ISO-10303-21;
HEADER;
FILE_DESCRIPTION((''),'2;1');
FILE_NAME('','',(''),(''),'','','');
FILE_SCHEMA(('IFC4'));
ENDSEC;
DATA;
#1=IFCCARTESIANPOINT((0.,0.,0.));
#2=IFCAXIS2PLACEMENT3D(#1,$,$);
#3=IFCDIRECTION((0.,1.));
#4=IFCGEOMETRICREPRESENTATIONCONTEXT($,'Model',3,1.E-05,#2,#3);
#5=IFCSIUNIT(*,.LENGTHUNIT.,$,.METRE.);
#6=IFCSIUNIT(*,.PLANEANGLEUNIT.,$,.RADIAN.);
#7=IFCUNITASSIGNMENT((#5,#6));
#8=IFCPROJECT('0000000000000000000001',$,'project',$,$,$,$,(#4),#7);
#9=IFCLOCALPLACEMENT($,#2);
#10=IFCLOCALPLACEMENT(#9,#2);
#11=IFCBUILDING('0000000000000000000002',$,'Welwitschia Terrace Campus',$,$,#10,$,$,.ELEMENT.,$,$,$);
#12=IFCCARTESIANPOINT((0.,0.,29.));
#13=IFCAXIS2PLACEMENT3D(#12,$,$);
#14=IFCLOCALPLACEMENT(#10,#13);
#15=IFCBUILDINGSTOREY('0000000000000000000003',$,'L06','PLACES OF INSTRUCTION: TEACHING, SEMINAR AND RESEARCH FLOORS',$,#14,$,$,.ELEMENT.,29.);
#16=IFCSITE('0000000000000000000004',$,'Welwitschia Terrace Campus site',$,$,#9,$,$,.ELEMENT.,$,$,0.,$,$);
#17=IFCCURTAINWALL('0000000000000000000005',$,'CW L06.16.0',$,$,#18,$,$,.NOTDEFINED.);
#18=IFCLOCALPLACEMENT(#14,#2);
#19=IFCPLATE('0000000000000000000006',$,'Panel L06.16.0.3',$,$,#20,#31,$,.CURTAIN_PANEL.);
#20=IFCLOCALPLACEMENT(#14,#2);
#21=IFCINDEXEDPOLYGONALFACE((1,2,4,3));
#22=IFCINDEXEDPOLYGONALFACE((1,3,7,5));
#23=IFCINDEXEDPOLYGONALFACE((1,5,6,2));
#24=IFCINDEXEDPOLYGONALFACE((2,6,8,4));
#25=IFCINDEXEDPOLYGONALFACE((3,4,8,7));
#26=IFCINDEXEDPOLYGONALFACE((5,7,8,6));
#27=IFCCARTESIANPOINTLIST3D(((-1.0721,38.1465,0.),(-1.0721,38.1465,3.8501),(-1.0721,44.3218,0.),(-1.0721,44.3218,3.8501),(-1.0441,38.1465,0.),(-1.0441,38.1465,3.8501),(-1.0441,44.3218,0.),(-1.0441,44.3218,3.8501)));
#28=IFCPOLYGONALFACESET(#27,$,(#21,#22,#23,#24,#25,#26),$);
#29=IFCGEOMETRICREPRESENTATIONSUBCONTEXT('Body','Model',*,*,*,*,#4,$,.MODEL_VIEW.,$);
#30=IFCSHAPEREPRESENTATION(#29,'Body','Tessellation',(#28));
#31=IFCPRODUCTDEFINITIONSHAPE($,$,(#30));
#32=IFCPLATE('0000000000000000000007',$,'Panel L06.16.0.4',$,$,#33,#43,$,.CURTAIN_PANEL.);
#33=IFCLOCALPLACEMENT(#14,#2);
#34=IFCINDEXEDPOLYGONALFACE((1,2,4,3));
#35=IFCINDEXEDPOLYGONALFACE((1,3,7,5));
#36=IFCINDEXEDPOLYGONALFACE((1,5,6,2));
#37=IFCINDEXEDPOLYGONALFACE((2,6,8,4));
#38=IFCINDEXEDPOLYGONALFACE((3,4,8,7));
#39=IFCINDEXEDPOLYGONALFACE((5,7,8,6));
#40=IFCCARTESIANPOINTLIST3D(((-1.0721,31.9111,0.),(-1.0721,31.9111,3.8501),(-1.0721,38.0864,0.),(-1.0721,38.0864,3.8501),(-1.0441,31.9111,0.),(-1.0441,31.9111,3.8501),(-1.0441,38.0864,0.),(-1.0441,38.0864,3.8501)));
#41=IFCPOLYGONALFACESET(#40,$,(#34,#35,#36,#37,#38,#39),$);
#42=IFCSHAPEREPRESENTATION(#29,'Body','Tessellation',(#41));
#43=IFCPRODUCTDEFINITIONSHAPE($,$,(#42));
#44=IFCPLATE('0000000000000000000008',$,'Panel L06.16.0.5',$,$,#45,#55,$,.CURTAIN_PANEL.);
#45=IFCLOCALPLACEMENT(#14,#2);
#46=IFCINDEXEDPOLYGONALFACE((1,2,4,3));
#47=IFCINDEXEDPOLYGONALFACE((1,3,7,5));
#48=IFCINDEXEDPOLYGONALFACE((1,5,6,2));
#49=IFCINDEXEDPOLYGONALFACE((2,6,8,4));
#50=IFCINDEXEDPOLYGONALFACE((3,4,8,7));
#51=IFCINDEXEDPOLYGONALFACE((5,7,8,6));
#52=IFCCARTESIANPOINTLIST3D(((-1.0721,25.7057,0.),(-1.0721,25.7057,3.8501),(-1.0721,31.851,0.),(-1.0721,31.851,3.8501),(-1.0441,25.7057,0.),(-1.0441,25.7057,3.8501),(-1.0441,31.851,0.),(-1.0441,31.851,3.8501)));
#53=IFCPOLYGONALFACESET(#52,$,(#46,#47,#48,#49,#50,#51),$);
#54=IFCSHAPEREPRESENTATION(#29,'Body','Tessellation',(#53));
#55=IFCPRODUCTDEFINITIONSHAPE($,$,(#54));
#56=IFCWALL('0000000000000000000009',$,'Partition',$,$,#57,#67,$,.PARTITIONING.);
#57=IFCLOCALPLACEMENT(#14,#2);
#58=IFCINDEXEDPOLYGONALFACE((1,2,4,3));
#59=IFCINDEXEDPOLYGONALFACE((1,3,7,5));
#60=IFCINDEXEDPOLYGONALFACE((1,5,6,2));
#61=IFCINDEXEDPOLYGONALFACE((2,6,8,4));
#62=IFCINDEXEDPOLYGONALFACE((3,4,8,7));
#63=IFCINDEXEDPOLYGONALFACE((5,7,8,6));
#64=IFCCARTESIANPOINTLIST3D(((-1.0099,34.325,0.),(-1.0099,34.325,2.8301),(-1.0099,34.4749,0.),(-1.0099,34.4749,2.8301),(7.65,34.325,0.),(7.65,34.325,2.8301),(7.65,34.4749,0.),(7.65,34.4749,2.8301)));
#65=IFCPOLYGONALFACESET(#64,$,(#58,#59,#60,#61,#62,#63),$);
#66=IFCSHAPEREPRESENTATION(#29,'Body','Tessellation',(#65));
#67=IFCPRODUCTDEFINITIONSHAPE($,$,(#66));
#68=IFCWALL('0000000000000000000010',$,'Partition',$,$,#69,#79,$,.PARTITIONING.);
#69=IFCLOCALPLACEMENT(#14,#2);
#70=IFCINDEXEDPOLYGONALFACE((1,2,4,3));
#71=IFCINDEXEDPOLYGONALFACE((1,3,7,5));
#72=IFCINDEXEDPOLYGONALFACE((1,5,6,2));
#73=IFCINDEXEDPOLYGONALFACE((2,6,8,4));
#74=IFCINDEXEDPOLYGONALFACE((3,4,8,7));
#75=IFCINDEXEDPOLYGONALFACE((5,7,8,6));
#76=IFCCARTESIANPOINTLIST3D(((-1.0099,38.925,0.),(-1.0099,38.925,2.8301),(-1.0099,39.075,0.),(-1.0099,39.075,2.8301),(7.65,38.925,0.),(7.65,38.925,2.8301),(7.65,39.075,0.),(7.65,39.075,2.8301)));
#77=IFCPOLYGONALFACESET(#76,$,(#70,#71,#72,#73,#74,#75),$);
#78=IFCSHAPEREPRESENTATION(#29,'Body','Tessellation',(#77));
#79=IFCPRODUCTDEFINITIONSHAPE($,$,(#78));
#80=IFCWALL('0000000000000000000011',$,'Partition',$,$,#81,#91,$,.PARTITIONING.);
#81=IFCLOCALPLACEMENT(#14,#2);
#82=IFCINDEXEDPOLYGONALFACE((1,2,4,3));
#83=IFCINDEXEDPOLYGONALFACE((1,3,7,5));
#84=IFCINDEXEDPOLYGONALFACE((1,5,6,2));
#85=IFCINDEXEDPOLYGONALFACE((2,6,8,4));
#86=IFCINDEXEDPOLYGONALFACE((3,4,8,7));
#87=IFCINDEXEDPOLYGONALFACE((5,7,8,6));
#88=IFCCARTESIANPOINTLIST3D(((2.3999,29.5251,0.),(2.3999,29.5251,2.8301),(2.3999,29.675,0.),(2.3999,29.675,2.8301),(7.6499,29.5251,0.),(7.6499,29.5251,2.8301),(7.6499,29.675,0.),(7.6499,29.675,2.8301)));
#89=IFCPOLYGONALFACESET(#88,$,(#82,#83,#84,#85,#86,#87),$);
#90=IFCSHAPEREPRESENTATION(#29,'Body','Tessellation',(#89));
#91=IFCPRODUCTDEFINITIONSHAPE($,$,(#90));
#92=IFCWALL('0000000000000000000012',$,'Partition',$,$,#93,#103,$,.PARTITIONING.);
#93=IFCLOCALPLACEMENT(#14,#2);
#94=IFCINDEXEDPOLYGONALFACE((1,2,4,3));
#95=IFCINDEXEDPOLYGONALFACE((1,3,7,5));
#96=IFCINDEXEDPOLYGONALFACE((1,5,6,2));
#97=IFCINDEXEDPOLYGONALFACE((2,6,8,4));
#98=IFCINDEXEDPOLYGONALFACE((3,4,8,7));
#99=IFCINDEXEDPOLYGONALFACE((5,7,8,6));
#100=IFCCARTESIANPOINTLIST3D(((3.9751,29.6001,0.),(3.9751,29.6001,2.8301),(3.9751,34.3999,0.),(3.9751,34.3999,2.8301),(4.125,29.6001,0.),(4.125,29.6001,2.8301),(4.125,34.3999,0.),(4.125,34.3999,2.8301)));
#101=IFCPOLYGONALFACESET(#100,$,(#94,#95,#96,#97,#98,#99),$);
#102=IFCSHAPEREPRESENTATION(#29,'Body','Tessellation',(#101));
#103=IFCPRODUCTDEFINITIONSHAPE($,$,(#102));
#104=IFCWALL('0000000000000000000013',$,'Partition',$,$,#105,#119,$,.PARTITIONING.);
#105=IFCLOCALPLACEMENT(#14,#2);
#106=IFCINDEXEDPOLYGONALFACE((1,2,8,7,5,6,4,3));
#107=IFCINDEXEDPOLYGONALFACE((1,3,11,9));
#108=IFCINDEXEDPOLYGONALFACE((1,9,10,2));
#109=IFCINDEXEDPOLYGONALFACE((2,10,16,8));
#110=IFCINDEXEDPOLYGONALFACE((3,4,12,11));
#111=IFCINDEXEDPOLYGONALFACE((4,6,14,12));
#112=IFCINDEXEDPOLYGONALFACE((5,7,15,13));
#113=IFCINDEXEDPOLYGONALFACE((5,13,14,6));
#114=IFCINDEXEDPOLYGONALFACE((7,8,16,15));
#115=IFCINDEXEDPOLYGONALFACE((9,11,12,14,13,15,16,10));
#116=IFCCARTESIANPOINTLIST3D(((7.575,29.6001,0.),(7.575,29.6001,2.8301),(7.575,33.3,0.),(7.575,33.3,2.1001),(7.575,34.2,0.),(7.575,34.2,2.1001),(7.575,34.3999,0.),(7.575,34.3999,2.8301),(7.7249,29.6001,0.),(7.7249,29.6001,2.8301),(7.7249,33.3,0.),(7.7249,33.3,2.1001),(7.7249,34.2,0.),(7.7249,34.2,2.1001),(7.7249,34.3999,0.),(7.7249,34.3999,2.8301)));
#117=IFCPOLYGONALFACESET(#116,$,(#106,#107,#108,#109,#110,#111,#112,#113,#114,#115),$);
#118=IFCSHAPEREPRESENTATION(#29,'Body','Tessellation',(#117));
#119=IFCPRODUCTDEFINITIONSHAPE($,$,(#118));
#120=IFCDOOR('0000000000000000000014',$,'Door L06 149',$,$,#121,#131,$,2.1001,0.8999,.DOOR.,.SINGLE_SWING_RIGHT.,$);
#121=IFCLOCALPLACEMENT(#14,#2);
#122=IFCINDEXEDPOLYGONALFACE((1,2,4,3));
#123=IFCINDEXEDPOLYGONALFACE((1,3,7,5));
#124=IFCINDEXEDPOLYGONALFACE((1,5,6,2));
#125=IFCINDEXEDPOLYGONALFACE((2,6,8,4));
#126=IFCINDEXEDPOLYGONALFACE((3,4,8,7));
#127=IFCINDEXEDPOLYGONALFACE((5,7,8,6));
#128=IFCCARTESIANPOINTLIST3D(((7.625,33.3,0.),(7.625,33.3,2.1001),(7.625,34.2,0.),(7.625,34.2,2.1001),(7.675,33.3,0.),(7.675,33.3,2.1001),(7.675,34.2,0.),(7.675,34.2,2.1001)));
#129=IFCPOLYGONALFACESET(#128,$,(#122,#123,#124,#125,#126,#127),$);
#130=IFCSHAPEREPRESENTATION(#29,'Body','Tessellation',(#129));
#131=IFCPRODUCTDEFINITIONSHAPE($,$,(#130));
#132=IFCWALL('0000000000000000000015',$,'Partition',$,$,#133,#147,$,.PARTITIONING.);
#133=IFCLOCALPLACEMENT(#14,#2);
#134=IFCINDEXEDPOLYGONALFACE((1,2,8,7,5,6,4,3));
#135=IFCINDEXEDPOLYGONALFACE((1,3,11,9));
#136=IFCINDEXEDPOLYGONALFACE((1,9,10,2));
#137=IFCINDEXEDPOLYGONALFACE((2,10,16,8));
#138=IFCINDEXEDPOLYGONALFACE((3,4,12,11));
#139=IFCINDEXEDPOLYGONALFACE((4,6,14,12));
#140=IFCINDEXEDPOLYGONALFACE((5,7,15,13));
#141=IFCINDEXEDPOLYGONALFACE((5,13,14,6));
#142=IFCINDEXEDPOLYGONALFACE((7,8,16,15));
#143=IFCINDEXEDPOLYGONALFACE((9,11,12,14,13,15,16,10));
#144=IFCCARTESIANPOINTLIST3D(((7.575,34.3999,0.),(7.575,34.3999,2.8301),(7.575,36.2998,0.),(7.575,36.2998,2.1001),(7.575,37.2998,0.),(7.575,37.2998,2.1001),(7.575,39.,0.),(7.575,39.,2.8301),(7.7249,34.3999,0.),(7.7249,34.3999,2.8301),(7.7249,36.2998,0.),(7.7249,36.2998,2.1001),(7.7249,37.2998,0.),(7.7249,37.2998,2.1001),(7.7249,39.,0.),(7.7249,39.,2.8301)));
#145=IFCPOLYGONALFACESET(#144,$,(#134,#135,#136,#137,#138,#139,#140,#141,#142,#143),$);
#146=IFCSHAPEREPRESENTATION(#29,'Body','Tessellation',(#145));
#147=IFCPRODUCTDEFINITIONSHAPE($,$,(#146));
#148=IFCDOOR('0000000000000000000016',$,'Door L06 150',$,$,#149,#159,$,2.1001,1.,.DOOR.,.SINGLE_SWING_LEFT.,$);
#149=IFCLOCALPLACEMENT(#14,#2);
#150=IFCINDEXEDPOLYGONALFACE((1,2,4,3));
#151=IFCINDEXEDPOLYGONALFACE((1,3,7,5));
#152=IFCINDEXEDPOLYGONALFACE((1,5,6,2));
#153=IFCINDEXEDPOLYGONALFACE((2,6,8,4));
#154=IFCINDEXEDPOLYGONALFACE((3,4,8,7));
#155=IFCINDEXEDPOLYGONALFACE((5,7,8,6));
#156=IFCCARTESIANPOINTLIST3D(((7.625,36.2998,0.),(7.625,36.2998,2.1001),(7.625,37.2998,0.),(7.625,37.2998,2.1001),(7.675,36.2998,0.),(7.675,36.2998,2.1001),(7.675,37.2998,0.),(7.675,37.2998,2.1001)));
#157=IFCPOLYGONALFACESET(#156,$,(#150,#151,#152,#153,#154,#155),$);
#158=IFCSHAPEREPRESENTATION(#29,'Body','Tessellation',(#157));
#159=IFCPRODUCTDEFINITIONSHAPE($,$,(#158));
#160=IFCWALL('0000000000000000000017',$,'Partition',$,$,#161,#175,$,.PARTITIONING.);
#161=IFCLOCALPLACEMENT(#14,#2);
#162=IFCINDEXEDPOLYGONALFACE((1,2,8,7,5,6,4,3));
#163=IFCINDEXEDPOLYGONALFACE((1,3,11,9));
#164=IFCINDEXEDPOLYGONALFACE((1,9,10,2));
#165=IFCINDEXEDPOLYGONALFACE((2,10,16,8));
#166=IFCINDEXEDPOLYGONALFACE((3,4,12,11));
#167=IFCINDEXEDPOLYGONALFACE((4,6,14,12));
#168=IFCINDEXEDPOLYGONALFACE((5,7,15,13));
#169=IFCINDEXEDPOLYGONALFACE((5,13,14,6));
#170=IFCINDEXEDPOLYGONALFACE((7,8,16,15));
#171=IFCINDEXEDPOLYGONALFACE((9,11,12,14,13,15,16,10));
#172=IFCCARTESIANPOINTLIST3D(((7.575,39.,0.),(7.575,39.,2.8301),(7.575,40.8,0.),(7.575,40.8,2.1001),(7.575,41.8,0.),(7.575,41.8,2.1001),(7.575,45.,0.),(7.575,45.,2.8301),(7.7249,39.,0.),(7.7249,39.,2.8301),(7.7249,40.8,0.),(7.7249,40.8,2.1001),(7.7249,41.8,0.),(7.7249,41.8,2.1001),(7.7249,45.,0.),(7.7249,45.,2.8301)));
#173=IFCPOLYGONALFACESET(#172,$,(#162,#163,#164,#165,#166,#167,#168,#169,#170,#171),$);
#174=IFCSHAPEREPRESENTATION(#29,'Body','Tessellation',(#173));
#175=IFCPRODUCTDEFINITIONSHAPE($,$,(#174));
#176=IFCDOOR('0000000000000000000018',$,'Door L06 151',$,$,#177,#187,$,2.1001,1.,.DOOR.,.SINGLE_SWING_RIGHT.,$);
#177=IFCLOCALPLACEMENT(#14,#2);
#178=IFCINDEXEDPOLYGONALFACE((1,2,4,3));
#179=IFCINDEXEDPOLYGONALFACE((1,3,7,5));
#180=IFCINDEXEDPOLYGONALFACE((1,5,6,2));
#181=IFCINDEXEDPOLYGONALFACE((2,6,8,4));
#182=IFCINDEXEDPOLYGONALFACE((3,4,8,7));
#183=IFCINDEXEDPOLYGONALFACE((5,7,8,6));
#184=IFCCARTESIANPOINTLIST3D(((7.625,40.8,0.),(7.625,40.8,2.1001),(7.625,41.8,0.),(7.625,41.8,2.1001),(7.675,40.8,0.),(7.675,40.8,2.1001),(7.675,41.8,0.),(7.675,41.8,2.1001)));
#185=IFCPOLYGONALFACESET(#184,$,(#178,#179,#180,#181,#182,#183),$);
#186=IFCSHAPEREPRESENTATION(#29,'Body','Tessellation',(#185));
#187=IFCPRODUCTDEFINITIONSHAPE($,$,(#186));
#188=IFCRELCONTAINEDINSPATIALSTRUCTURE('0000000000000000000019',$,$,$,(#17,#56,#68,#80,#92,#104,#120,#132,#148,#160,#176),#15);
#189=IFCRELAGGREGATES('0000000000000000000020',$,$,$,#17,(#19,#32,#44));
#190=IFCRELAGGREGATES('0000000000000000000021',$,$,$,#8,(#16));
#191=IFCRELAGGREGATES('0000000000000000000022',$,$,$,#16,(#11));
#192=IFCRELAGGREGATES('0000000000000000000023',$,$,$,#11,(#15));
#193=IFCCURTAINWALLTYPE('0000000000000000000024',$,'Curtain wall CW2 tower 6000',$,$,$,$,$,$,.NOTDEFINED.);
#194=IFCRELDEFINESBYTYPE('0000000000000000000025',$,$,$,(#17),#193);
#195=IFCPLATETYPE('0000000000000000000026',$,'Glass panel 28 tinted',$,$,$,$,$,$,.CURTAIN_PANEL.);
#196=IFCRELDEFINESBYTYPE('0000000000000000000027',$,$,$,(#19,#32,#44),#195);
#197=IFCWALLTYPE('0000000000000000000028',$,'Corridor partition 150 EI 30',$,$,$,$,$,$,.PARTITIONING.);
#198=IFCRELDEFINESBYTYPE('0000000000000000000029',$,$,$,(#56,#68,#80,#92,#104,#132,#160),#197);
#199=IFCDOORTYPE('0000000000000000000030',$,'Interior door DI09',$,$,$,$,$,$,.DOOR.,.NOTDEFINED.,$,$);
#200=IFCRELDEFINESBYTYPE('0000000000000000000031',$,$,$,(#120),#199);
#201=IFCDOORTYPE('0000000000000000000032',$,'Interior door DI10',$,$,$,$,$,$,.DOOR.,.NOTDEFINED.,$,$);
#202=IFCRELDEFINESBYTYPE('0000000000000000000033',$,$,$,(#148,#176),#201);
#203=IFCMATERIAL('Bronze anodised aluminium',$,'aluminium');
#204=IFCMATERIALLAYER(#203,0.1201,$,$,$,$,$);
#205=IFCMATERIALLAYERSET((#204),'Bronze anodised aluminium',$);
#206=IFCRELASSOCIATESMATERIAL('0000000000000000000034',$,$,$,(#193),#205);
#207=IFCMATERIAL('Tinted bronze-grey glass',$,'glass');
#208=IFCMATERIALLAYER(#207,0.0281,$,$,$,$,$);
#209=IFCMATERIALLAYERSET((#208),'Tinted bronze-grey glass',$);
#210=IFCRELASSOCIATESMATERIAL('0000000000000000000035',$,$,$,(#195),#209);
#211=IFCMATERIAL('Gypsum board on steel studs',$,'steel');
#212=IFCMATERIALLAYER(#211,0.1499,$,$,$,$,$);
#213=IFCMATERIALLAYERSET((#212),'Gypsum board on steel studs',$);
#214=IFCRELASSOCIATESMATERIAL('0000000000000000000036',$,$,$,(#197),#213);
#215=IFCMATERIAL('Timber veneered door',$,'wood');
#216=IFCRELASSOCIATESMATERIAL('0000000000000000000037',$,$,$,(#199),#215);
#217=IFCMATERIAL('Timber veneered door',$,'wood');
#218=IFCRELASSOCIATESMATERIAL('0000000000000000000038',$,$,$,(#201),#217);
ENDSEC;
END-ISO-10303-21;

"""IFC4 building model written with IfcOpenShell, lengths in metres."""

from ifc_helpers import new_model, si_unit, direction, frame, frame_2d, origin, origin_2d, place, context, subcontext, project, spatial, rectangle, extrude, material, layer, layer_set, type_object, element, fill, aggregate, save


model = new_model("IFC4")

# Units and contexts
model_context = context("Model", 3, precision=1e-05, world=origin(), true_north=direction((0.0, 1.0)))
body_context = subcontext(model_context, "Body", "Model", "MODEL_VIEW")
ifc_project = project(units=[si_unit("LENGTHUNIT", "METRE"), si_unit("PLANEANGLEUNIT", "RADIAN")], contexts=[model_context])

# Site, building, storey
site_placement = place(None, origin())
site = spatial("IfcSite", under=ifc_project, at=site_placement, Name="Welwitschia Terrace Campus site", CompositionType="ELEMENT", RefElevation=0.0)
building_placement = place(site_placement, origin())
building = spatial("IfcBuilding", under=site, at=building_placement, Name="Welwitschia Terrace Campus", CompositionType="ELEMENT")
storey_placement = place(building_placement, frame((0.0, 0.0, 29.0)))
storey = spatial("IfcBuildingStorey", under=building, at=storey_placement, Name="L06", Description="PLACES OF INSTRUCTION: TEACHING, SEMINAR AND RESEARCH FLOORS", CompositionType="ELEMENT", Elevation=29.0)

# Curtain wall
ifc_material_1 = material(Name="Bronze anodised aluminium", Category="aluminium")
ifc_layer_1 = layer(ifc_material_1, 0.1201)
ifc_layer_set_1 = layer_set([ifc_layer_1], Name="Bronze anodised aluminium")
curtain_wall_type = type_object("IfcCurtainWallType", Name="Curtain wall CW2 tower 6000", PredefinedType="NOTDEFINED", material=ifc_layer_set_1)
curtain_wall_placement = place(storey_placement, origin())
curtain_wall = element("IfcCurtainWall", 1, at=curtain_wall_placement, inside=storey, type_object=curtain_wall_type, Name="CW L06.16.0", PredefinedType="NOTDEFINED")

# Plates
ifc_material_2 = material(Name="Tinted bronze-grey glass", Category="glass")
ifc_layer_2 = layer(ifc_material_2, 0.0281)
ifc_layer_set_2 = layer_set([ifc_layer_2], Name="Tinted bronze-grey glass")
plate_type = type_object("IfcPlateType", Name="Glass panel 28 tinted", PredefinedType="CURTAIN_PANEL", material=ifc_layer_set_2)
plate_1_placement = place(storey_placement, frame((-1.0581, 41.2341, 0.0), z_axis=(0.0, 0.0, 1.0), x_axis=(0.0, -1.0, 0.0)))
plate_1 = element("IfcPlate", 2, at=plate_1_placement, type_object=plate_type, Name="Panel L06.16.0.3", PredefinedType="CURTAIN_PANEL", context=body_context, shape_type="SweptSolid", body=[
    extrude(rectangle(XDim=6.1753, YDim=0.0281, at=origin_2d()), origin(), (0.0, 0.0, 1.0), 3.8501),
])
plate_2_placement = place(storey_placement, frame((-1.0581, 34.9988, 0.0), z_axis=(0.0, 0.0, 1.0), x_axis=(0.0, -1.0, 0.0)))
plate_2 = element("IfcPlate", 3, at=plate_2_placement, type_object=plate_type, Name="Panel L06.16.0.4", PredefinedType="CURTAIN_PANEL", context=body_context, shape_type="SweptSolid", body=[
    extrude(rectangle(XDim=6.1753, YDim=0.0281, at=origin_2d()), origin(), (0.0, 0.0, 1.0), 3.8501),
])
plate_3_placement = place(storey_placement, frame((-1.0581, 28.7783, 0.0), z_axis=(0.0, 0.0, 1.0), x_axis=(0.0, -1.0, 0.0)))
plate_3 = element("IfcPlate", 4, at=plate_3_placement, type_object=plate_type, Name="Panel L06.16.0.5", PredefinedType="CURTAIN_PANEL", context=body_context, shape_type="SweptSolid", body=[
    extrude(rectangle(XDim=6.1453, YDim=0.0281, at=origin_2d()), origin(), (0.0, 0.0, 1.0), 3.8501),
])
aggregate(curtain_wall, [plate_1, plate_2, plate_3])

# Walls
ifc_material_3 = material(Name="Gypsum board on steel studs", Category="steel")
ifc_layer_3 = layer(ifc_material_3, 0.1499)
ifc_layer_set_3 = layer_set([ifc_layer_3], Name="Gypsum board on steel studs")
wall_type = type_object("IfcWallType", Name="Corridor partition 150 EI 30", PredefinedType="PARTITIONING", material=ifc_layer_set_3)
for number, where, z_axis, x_axis, name in (
    (5, (-1.01, 34.3999, 0.0), (0.0, 0.0, 1.0), (1.0, 0.0, 0.0), "Partition"),
    (6, (-1.01, 39.0, 0.0), (0.0, 0.0, 1.0), (1.0, 0.0, 0.0), "Partition"),
):
    element("IfcWall", number, at=place(storey_placement, frame(where, z_axis=z_axis, x_axis=x_axis)), inside=storey, type_object=wall_type, Name=name, PredefinedType="PARTITIONING", context=body_context, shape_type="SweptSolid", body=[
        extrude(rectangle(XDim=8.6599, YDim=0.1499, at=frame_2d((4.3301, 0.0))), origin(), (0.0, 0.0, 1.0), 2.8301),
    ])
wall_1_placement = place(storey_placement, frame((2.3999, 29.6001, 0.0), z_axis=(0.0, 0.0, 1.0), x_axis=(1.0, 0.0, 0.0)))
element("IfcWall", 7, at=wall_1_placement, inside=storey, type_object=wall_type, Name="Partition", PredefinedType="PARTITIONING", context=body_context, shape_type="SweptSolid", body=[
    extrude(rectangle(XDim=5.25, YDim=0.1499, at=frame_2d((2.625, 0.0))), origin(), (0.0, 0.0, 1.0), 2.8301),
])
wall_2_placement = place(storey_placement, frame((4.05, 29.6001, 0.0), z_axis=(0.0, 0.0, 1.0), x_axis=(0.0, 1.0, 0.0)))
element("IfcWall", 8, at=wall_2_placement, inside=storey, type_object=wall_type, Name="Partition", PredefinedType="PARTITIONING", context=body_context, shape_type="SweptSolid", body=[
    extrude(rectangle(XDim=4.7998, YDim=0.1499, at=frame_2d((2.3999, 0.0))), origin(), (0.0, 0.0, 1.0), 2.8301),
])

# Walls, openings, doors
wall_3_placement = place(storey_placement, frame((7.6499, 29.6001, 0.0), z_axis=(0.0, 0.0, 1.0), x_axis=(0.0, 1.0, 0.0)))
wall_3 = element("IfcWall", 9, at=wall_3_placement, inside=storey, type_object=wall_type, Name="Partition", PredefinedType="PARTITIONING", context=body_context, shape_type="SweptSolid", body=[
    extrude(rectangle(XDim=4.7998, YDim=0.1499, at=frame_2d((2.3999, 0.0))), origin(), (0.0, 0.0, 1.0), 2.8301),
])
opening_1_placement = place(wall_3_placement, frame((3.7, 0.0, 0.0)))
opening_1 = element("IfcOpeningElement", 10, at=opening_1_placement, cuts=wall_3, PredefinedType="OPENING", context=body_context, shape_type="SweptSolid", body=[
    extrude(rectangle(XDim=0.8999, YDim=2.1001, at=frame_2d((0.45, 1.05))), frame((0.0, 0.085, 0.0), z_axis=(0.0, -1.0, 0.0), x_axis=(1.0, 0.0, 0.0)), (0.0, 0.0, 1.0), 0.1699),
])
ifc_material_4 = material(Name="Timber veneered door", Category="wood")
door_type_1 = type_object("IfcDoorType", Name="Interior door DI09", OperationType="NOTDEFINED", PredefinedType="DOOR", material=ifc_material_4)
door_1_placement = place(opening_1_placement, origin())
door_1 = element("IfcDoor", 11, at=door_1_placement, inside=storey, type_object=door_type_1, Name="Door L06 149", OperationType="SINGLE_SWING_RIGHT", OverallHeight=2.1001, OverallWidth=0.8999, PredefinedType="DOOR", context=body_context, shape_type="SweptSolid", body=[
    extrude(rectangle(XDim=0.8999, YDim=2.1001, at=frame_2d((0.45, 1.05))), frame((0.0, 0.0249, 0.0), z_axis=(0.0, -1.0, 0.0), x_axis=(1.0, 0.0, 0.0)), (0.0, 0.0, 1.0), 0.05),
])
fill(opening_1, door_1)
wall_4_placement = place(storey_placement, frame((7.6499, 34.3999, 0.0), z_axis=(0.0, 0.0, 1.0), x_axis=(0.0, 1.0, 0.0)))
wall_4 = element("IfcWall", 12, at=wall_4_placement, inside=storey, type_object=wall_type, Name="Partition", PredefinedType="PARTITIONING", context=body_context, shape_type="SweptSolid", body=[
    extrude(rectangle(XDim=4.6001, YDim=0.1499, at=frame_2d((2.3, 0.0))), origin(), (0.0, 0.0, 1.0), 2.8301),
])
opening_2_placement = place(wall_4_placement, frame((1.8999, 0.0, 0.0)))
opening_2 = element("IfcOpeningElement", 13, at=opening_2_placement, cuts=wall_4, PredefinedType="OPENING", context=body_context, shape_type="SweptSolid", body=[
    extrude(rectangle(XDim=1.0, YDim=2.1001, at=frame_2d((0.5, 1.05))), frame((0.0, 0.085, 0.0), z_axis=(0.0, -1.0, 0.0), x_axis=(1.0, 0.0, 0.0)), (0.0, 0.0, 1.0), 0.1699),
])
ifc_material_5 = material(Name="Timber veneered door", Category="wood")
door_type_2 = type_object("IfcDoorType", Name="Interior door DI10", OperationType="NOTDEFINED", PredefinedType="DOOR", material=ifc_material_5)
door_2_placement = place(opening_2_placement, origin())
door_2 = element("IfcDoor", 14, at=door_2_placement, inside=storey, type_object=door_type_2, Name="Door L06 150", OperationType="SINGLE_SWING_LEFT", OverallHeight=2.1001, OverallWidth=1.0, PredefinedType="DOOR", context=body_context, shape_type="SweptSolid", body=[
    extrude(rectangle(XDim=1.0, YDim=2.1001, at=frame_2d((0.5, 1.05))), frame((0.0, 0.0249, 0.0), z_axis=(0.0, -1.0, 0.0), x_axis=(1.0, 0.0, 0.0)), (0.0, 0.0, 1.0), 0.05),
])
fill(opening_2, door_2)
wall_5_placement = place(storey_placement, frame((7.6499, 39.0, 0.0), z_axis=(0.0, 0.0, 1.0), x_axis=(0.0, 1.0, 0.0)))
wall_5 = element("IfcWall", 15, at=wall_5_placement, inside=storey, type_object=wall_type, Name="Partition", PredefinedType="PARTITIONING", context=body_context, shape_type="SweptSolid", body=[
    extrude(rectangle(XDim=6.0, YDim=0.1499, at=frame_2d((3.0, 0.0))), origin(), (0.0, 0.0, 1.0), 2.8301),
])
opening_3_placement = place(wall_5_placement, frame((1.8, 0.0, 0.0)))
opening_3 = element("IfcOpeningElement", 16, at=opening_3_placement, cuts=wall_5, PredefinedType="OPENING", context=body_context, shape_type="SweptSolid", body=[
    extrude(rectangle(XDim=1.0, YDim=2.1001, at=frame_2d((0.5, 1.05))), frame((0.0, 0.085, 0.0), z_axis=(0.0, -1.0, 0.0), x_axis=(1.0, 0.0, 0.0)), (0.0, 0.0, 1.0), 0.1699),
])
door_3_placement = place(opening_3_placement, origin())
door_3 = element("IfcDoor", 17, at=door_3_placement, inside=storey, type_object=door_type_2, Name="Door L06 151", OperationType="SINGLE_SWING_RIGHT", OverallHeight=2.1001, OverallWidth=1.0, PredefinedType="DOOR", context=body_context, shape_type="SweptSolid", body=[
    extrude(rectangle(XDim=1.0, YDim=2.1001, at=frame_2d((0.5, 1.05))), frame((0.0, 0.0249, 0.0), z_axis=(0.0, -1.0, 0.0), x_axis=(1.0, 0.0, 0.0)), (0.0, 0.0, 1.0), 0.05),
])
fill(opening_3, door_3)

save(model, "model.ifc")
